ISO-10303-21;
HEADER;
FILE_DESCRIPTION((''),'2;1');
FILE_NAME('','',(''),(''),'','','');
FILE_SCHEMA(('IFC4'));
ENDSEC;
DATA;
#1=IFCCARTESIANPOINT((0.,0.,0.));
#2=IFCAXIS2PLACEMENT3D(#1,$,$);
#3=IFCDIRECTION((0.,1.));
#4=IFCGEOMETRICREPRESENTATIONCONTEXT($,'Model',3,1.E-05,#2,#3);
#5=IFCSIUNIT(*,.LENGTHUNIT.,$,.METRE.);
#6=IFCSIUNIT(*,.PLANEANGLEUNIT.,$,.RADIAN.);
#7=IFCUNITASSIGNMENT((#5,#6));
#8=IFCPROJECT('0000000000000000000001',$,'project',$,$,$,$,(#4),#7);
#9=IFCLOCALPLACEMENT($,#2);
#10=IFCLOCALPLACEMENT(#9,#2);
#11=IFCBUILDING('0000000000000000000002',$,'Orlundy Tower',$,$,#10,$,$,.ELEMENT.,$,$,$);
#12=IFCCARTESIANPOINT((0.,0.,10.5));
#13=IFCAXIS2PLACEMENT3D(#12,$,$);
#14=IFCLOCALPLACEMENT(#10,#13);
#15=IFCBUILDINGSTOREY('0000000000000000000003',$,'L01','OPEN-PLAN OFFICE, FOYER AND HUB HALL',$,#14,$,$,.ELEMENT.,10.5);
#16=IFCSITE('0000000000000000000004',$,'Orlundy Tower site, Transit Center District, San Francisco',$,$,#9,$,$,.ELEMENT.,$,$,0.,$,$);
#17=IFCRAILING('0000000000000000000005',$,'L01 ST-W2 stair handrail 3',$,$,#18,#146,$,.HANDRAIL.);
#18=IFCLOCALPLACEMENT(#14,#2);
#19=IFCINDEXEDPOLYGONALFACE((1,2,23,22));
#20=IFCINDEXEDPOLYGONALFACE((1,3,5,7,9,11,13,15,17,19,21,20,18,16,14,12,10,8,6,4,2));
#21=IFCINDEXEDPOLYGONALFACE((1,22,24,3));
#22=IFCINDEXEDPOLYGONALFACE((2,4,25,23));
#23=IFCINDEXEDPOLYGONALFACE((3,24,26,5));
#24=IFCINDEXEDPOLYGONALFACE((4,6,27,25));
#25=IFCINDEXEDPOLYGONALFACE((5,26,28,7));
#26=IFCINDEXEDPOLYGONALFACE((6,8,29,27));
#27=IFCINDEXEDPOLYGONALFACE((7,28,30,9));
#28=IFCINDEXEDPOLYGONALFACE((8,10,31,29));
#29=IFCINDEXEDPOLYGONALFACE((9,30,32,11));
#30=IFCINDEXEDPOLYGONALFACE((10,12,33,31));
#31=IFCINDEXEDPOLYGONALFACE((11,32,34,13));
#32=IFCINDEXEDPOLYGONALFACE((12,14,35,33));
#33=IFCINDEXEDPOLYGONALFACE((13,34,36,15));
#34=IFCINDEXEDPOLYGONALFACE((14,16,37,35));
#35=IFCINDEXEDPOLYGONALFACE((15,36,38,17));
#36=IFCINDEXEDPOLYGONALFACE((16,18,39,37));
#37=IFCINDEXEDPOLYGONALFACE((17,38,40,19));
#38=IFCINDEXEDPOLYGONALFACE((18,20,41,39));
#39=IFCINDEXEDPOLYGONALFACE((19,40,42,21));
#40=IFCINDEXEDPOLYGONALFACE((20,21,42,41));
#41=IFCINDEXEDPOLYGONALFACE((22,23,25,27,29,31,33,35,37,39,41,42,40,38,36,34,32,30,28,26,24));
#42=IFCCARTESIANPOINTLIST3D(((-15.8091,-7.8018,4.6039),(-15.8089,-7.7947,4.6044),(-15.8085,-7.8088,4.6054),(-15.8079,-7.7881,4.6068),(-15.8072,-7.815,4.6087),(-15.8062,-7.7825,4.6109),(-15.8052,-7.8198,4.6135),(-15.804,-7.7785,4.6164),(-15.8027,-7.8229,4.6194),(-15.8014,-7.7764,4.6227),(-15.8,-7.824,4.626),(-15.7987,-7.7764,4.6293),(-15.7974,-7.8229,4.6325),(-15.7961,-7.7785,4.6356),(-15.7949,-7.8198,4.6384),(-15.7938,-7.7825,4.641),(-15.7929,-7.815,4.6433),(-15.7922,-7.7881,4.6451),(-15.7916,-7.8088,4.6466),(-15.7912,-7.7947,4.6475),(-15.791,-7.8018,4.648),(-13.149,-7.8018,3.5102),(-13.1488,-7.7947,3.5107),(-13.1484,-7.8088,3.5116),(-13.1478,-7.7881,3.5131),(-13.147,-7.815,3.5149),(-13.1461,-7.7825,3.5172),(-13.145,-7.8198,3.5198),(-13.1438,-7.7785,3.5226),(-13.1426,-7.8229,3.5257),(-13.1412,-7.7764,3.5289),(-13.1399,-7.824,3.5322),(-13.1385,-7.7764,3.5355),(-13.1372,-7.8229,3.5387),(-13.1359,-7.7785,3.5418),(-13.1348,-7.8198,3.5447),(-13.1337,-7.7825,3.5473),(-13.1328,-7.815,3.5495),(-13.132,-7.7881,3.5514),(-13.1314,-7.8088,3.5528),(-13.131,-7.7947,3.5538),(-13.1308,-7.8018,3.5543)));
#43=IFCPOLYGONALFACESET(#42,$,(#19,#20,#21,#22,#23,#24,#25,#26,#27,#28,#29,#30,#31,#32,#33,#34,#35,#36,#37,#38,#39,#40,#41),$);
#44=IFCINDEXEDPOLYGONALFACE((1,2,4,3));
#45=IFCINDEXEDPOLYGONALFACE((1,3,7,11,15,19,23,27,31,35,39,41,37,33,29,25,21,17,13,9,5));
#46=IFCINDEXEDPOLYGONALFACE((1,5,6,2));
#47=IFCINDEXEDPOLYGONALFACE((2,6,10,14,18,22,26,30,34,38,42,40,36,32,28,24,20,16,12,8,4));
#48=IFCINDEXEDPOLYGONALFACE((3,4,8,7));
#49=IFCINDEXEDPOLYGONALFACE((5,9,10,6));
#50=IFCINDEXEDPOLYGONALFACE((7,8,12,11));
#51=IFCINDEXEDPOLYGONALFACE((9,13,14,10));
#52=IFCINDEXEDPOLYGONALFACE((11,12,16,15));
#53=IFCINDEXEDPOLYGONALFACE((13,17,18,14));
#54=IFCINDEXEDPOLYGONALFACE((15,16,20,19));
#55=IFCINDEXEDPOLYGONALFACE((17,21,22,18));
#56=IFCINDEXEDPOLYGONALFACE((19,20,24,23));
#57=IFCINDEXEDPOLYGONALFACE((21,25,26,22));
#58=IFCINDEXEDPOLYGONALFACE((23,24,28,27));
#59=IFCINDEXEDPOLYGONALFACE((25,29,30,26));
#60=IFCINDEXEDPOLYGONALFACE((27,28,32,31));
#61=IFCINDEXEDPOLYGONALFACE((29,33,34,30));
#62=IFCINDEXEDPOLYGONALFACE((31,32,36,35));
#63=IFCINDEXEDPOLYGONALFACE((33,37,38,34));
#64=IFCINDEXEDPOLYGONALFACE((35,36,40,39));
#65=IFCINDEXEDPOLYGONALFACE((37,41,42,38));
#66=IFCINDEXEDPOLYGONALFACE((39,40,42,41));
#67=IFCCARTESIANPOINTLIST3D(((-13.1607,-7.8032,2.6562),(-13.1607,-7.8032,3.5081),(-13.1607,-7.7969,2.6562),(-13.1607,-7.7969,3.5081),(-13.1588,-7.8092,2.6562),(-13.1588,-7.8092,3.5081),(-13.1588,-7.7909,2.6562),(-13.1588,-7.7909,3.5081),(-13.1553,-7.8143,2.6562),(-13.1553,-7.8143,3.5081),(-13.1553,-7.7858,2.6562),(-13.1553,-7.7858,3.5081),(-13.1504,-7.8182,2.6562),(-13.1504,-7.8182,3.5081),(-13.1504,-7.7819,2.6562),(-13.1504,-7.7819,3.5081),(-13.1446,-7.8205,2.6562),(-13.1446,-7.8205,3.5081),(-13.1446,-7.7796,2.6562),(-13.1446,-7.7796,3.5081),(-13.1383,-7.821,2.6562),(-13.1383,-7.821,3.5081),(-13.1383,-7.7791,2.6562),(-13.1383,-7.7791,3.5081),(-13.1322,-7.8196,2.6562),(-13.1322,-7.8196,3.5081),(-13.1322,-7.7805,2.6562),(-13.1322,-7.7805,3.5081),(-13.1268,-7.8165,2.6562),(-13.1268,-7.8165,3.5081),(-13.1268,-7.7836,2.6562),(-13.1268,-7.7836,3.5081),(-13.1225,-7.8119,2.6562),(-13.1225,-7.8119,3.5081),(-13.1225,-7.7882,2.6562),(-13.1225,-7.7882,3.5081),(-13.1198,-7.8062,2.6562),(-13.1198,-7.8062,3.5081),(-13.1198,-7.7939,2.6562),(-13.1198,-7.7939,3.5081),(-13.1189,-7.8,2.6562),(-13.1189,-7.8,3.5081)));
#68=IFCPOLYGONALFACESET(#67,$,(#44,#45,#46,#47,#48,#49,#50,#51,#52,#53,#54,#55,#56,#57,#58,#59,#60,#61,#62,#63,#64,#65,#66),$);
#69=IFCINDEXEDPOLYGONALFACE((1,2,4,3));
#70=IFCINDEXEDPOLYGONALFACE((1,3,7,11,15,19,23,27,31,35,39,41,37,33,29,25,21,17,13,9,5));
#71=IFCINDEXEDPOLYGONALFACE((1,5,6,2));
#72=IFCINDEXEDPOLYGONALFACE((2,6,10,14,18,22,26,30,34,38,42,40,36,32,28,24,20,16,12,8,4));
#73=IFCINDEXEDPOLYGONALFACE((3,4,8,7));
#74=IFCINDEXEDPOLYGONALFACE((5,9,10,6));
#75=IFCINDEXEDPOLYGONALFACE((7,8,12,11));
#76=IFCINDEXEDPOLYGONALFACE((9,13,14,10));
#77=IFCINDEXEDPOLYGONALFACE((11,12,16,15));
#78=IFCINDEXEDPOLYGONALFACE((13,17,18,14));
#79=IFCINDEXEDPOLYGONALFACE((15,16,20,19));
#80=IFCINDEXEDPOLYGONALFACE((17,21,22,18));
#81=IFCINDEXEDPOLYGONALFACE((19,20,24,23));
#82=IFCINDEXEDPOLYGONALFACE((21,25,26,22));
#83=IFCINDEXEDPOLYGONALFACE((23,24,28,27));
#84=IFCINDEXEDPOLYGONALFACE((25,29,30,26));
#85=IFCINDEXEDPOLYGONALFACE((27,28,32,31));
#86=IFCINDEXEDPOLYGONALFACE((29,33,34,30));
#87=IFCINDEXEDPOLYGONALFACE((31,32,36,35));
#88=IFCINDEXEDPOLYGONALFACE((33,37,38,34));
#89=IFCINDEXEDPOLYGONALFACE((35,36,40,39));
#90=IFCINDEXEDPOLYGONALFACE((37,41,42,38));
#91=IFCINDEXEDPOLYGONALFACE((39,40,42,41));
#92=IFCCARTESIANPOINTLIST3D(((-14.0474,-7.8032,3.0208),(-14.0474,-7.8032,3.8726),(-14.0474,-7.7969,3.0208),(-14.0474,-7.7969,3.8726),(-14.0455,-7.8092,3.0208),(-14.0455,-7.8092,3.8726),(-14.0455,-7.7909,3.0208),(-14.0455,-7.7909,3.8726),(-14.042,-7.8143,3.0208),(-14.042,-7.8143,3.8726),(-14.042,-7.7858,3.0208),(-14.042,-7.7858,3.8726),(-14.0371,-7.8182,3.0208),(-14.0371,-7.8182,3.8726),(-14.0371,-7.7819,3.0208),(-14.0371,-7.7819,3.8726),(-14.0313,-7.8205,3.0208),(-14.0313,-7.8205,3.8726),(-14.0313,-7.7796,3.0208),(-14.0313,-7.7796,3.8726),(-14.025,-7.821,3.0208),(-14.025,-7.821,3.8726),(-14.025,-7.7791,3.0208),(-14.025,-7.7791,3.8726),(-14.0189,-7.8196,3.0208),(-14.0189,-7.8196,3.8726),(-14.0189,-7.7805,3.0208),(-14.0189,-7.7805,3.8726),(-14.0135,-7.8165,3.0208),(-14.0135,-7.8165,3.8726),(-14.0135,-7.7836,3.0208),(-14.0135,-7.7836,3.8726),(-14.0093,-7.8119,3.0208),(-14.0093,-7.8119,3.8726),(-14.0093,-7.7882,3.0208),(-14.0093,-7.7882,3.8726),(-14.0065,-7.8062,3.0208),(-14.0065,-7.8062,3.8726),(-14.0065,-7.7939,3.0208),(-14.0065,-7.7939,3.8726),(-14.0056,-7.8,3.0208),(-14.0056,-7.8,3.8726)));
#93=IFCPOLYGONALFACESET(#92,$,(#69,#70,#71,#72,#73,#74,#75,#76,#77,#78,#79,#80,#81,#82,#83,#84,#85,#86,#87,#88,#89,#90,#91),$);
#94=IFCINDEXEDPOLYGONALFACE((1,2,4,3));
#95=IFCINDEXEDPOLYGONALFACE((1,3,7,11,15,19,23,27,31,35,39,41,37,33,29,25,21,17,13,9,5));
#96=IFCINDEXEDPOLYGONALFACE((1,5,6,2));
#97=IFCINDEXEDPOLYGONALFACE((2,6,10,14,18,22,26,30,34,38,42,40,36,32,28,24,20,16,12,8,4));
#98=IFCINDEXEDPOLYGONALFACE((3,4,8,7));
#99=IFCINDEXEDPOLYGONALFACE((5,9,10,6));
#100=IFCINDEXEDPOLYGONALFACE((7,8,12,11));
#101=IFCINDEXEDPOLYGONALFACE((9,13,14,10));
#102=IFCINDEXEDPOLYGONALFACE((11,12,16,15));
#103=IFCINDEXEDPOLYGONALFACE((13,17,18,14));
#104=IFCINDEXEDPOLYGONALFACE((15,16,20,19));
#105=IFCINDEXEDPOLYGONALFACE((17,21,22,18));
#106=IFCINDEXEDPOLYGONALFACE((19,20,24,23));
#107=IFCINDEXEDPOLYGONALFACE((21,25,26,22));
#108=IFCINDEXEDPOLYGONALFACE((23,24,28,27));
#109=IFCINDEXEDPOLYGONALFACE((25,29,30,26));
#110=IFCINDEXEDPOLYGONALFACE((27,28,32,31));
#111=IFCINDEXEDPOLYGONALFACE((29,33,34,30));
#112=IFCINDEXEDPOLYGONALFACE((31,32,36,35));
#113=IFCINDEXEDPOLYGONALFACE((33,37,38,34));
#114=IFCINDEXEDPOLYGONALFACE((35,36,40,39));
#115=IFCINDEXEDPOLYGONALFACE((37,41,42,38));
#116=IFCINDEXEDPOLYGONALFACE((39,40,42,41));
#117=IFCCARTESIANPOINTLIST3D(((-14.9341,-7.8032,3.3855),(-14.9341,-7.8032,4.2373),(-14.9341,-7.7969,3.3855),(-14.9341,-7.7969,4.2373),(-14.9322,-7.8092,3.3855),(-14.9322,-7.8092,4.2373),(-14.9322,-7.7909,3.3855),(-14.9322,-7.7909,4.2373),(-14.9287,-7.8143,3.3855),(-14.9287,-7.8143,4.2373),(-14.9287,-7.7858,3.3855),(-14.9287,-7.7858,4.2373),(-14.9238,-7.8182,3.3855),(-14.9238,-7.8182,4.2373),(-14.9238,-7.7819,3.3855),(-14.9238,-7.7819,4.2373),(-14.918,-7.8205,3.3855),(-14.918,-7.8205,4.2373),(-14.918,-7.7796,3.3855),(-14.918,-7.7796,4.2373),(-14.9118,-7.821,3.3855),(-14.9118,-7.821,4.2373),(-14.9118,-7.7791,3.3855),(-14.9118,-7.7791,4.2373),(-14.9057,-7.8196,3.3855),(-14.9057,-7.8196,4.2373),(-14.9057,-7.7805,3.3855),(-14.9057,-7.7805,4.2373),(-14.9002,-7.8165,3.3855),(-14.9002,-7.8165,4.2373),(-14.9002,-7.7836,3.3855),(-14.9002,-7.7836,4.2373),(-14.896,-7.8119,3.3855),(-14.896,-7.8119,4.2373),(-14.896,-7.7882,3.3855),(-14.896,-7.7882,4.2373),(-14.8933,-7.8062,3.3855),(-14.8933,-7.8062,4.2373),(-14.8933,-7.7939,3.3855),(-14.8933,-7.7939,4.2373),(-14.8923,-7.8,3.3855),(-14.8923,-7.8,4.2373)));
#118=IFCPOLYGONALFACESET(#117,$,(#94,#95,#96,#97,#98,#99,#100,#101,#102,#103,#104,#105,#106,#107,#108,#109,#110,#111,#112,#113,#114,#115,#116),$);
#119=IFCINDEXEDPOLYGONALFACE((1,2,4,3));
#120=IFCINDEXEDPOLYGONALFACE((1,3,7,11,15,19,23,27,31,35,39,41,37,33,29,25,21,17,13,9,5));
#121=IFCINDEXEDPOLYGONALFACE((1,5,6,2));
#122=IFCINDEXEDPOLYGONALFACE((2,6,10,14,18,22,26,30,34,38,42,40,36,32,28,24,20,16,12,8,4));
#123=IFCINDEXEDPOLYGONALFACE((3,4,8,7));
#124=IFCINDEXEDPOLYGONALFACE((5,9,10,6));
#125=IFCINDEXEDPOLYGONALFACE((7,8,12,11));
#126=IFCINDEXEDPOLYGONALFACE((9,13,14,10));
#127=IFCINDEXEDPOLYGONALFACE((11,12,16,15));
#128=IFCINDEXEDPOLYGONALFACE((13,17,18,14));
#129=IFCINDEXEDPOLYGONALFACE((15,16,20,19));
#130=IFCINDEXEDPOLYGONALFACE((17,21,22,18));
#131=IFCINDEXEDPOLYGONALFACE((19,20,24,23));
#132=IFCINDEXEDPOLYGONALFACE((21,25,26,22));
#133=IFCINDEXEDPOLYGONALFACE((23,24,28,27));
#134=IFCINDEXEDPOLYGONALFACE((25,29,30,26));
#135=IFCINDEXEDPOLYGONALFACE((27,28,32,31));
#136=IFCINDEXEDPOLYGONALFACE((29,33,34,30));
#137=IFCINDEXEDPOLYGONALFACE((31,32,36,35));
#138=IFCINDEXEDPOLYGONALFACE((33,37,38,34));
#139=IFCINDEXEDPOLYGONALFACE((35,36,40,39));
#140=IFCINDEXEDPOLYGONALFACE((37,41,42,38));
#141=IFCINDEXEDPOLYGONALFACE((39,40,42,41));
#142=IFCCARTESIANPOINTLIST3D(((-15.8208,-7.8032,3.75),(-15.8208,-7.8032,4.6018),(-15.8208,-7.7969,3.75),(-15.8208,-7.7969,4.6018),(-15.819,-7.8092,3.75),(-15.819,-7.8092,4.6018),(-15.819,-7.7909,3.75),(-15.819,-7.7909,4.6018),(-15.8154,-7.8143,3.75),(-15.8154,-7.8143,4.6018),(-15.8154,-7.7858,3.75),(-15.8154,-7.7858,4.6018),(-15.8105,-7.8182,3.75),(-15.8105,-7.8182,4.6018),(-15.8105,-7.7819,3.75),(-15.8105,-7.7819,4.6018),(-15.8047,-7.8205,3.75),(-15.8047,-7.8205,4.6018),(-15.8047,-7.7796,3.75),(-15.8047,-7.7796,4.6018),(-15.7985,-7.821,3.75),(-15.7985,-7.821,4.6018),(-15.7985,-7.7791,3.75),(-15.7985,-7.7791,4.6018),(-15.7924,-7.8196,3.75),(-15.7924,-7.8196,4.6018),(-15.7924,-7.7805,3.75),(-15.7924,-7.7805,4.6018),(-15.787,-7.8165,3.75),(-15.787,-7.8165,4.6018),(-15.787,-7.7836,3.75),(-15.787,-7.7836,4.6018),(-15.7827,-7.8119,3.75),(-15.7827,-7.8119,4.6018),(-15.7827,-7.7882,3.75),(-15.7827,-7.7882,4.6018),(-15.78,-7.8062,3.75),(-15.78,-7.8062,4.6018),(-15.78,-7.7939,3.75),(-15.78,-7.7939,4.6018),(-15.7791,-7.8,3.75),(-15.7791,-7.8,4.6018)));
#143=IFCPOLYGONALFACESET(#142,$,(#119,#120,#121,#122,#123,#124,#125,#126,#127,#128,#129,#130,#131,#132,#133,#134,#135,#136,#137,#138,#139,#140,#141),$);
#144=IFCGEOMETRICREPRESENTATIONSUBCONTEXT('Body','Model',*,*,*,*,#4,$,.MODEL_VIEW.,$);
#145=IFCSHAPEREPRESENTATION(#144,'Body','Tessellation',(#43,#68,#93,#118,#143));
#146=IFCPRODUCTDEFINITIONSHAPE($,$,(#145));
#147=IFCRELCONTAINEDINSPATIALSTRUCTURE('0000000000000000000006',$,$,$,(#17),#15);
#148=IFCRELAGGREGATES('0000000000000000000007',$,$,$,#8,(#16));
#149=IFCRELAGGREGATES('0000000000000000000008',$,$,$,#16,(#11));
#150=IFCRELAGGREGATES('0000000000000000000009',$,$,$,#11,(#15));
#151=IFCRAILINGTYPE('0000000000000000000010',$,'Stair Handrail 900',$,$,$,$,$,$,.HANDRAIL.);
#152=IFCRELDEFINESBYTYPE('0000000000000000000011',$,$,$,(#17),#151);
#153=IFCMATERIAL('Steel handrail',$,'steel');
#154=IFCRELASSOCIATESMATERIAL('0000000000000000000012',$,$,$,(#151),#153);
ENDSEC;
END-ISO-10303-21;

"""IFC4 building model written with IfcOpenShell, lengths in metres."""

from ifc_helpers import new_model, si_unit, direction, frame, origin, origin_2d, place, context, subcontext, project, spatial, circle, extrude, material, type_object, element, save


model = new_model("IFC4")

# Units and contexts
model_context = context("Model", 3, precision=1e-05, world=origin(), true_north=direction((0.0, 1.0)))
body_context = subcontext(model_context, "Body", "Model", "MODEL_VIEW")
ifc_project = project(units=[si_unit("LENGTHUNIT", "METRE"), si_unit("PLANEANGLEUNIT", "RADIAN")], contexts=[model_context])

# Site, building, storey
site_placement = place(None, origin())
site = spatial("IfcSite", under=ifc_project, at=site_placement, Name="Orlundy Tower site, Transit Center District, San Francisco", CompositionType="ELEMENT", RefElevation=0.0)
building_placement = place(site_placement, origin())
building = spatial("IfcBuilding", under=site, at=building_placement, Name="Orlundy Tower", CompositionType="ELEMENT")
storey_placement = place(building_placement, frame((0.0, 0.0, 10.5)))
storey = spatial("IfcBuildingStorey", under=building, at=storey_placement, Name="L01", Description="OPEN-PLAN OFFICE, FOYER AND HUB HALL", CompositionType="ELEMENT", Elevation=10.5)

# Railing
ifc_material_1 = material(Name="Steel handrail", Category="steel")
railing_type_1 = type_object("IfcRailingType", Name="Stair Handrail 900", PredefinedType="HANDRAIL", material=ifc_material_1)
railing_1_placement = place(storey_placement, frame((-13.1399, -7.8, 2.6562)))
element("IfcRailing", 1, at=railing_1_placement, inside=storey, type_object=railing_type_1, Name="L01 ST-W2 stair handrail 3", PredefinedType="HANDRAIL", context=body_context, shape_type="SweptSolid", body=[
    extrude(circle(Radius=0.0239, at=origin_2d()), frame((0.0, 0.0, 0.876), z_axis=(-0.924875, 0.0, 0.380272), x_axis=(0.0, -1.0, 0.0)), (0.0, 0.0, 1.0), 2.8762),
    extrude(circle(Radius=0.021, at=origin_2d()), origin(), (0.0, 0.0, 1.0), 0.8518),
    extrude(circle(Radius=0.021, at=origin_2d()), frame((-0.8867, 0.0, 0.3645)), (0.0, 0.0, 1.0), 0.8518),
    extrude(circle(Radius=0.021, at=origin_2d()), frame((-1.7734, 0.0, 0.7292)), (0.0, 0.0, 1.0), 0.8518),
    extrude(circle(Radius=0.021, at=origin_2d()), frame((-2.6602, 0.0, 1.0938)), (0.0, 0.0, 1.0), 0.8518),
])

save(model, "model.ifc")
